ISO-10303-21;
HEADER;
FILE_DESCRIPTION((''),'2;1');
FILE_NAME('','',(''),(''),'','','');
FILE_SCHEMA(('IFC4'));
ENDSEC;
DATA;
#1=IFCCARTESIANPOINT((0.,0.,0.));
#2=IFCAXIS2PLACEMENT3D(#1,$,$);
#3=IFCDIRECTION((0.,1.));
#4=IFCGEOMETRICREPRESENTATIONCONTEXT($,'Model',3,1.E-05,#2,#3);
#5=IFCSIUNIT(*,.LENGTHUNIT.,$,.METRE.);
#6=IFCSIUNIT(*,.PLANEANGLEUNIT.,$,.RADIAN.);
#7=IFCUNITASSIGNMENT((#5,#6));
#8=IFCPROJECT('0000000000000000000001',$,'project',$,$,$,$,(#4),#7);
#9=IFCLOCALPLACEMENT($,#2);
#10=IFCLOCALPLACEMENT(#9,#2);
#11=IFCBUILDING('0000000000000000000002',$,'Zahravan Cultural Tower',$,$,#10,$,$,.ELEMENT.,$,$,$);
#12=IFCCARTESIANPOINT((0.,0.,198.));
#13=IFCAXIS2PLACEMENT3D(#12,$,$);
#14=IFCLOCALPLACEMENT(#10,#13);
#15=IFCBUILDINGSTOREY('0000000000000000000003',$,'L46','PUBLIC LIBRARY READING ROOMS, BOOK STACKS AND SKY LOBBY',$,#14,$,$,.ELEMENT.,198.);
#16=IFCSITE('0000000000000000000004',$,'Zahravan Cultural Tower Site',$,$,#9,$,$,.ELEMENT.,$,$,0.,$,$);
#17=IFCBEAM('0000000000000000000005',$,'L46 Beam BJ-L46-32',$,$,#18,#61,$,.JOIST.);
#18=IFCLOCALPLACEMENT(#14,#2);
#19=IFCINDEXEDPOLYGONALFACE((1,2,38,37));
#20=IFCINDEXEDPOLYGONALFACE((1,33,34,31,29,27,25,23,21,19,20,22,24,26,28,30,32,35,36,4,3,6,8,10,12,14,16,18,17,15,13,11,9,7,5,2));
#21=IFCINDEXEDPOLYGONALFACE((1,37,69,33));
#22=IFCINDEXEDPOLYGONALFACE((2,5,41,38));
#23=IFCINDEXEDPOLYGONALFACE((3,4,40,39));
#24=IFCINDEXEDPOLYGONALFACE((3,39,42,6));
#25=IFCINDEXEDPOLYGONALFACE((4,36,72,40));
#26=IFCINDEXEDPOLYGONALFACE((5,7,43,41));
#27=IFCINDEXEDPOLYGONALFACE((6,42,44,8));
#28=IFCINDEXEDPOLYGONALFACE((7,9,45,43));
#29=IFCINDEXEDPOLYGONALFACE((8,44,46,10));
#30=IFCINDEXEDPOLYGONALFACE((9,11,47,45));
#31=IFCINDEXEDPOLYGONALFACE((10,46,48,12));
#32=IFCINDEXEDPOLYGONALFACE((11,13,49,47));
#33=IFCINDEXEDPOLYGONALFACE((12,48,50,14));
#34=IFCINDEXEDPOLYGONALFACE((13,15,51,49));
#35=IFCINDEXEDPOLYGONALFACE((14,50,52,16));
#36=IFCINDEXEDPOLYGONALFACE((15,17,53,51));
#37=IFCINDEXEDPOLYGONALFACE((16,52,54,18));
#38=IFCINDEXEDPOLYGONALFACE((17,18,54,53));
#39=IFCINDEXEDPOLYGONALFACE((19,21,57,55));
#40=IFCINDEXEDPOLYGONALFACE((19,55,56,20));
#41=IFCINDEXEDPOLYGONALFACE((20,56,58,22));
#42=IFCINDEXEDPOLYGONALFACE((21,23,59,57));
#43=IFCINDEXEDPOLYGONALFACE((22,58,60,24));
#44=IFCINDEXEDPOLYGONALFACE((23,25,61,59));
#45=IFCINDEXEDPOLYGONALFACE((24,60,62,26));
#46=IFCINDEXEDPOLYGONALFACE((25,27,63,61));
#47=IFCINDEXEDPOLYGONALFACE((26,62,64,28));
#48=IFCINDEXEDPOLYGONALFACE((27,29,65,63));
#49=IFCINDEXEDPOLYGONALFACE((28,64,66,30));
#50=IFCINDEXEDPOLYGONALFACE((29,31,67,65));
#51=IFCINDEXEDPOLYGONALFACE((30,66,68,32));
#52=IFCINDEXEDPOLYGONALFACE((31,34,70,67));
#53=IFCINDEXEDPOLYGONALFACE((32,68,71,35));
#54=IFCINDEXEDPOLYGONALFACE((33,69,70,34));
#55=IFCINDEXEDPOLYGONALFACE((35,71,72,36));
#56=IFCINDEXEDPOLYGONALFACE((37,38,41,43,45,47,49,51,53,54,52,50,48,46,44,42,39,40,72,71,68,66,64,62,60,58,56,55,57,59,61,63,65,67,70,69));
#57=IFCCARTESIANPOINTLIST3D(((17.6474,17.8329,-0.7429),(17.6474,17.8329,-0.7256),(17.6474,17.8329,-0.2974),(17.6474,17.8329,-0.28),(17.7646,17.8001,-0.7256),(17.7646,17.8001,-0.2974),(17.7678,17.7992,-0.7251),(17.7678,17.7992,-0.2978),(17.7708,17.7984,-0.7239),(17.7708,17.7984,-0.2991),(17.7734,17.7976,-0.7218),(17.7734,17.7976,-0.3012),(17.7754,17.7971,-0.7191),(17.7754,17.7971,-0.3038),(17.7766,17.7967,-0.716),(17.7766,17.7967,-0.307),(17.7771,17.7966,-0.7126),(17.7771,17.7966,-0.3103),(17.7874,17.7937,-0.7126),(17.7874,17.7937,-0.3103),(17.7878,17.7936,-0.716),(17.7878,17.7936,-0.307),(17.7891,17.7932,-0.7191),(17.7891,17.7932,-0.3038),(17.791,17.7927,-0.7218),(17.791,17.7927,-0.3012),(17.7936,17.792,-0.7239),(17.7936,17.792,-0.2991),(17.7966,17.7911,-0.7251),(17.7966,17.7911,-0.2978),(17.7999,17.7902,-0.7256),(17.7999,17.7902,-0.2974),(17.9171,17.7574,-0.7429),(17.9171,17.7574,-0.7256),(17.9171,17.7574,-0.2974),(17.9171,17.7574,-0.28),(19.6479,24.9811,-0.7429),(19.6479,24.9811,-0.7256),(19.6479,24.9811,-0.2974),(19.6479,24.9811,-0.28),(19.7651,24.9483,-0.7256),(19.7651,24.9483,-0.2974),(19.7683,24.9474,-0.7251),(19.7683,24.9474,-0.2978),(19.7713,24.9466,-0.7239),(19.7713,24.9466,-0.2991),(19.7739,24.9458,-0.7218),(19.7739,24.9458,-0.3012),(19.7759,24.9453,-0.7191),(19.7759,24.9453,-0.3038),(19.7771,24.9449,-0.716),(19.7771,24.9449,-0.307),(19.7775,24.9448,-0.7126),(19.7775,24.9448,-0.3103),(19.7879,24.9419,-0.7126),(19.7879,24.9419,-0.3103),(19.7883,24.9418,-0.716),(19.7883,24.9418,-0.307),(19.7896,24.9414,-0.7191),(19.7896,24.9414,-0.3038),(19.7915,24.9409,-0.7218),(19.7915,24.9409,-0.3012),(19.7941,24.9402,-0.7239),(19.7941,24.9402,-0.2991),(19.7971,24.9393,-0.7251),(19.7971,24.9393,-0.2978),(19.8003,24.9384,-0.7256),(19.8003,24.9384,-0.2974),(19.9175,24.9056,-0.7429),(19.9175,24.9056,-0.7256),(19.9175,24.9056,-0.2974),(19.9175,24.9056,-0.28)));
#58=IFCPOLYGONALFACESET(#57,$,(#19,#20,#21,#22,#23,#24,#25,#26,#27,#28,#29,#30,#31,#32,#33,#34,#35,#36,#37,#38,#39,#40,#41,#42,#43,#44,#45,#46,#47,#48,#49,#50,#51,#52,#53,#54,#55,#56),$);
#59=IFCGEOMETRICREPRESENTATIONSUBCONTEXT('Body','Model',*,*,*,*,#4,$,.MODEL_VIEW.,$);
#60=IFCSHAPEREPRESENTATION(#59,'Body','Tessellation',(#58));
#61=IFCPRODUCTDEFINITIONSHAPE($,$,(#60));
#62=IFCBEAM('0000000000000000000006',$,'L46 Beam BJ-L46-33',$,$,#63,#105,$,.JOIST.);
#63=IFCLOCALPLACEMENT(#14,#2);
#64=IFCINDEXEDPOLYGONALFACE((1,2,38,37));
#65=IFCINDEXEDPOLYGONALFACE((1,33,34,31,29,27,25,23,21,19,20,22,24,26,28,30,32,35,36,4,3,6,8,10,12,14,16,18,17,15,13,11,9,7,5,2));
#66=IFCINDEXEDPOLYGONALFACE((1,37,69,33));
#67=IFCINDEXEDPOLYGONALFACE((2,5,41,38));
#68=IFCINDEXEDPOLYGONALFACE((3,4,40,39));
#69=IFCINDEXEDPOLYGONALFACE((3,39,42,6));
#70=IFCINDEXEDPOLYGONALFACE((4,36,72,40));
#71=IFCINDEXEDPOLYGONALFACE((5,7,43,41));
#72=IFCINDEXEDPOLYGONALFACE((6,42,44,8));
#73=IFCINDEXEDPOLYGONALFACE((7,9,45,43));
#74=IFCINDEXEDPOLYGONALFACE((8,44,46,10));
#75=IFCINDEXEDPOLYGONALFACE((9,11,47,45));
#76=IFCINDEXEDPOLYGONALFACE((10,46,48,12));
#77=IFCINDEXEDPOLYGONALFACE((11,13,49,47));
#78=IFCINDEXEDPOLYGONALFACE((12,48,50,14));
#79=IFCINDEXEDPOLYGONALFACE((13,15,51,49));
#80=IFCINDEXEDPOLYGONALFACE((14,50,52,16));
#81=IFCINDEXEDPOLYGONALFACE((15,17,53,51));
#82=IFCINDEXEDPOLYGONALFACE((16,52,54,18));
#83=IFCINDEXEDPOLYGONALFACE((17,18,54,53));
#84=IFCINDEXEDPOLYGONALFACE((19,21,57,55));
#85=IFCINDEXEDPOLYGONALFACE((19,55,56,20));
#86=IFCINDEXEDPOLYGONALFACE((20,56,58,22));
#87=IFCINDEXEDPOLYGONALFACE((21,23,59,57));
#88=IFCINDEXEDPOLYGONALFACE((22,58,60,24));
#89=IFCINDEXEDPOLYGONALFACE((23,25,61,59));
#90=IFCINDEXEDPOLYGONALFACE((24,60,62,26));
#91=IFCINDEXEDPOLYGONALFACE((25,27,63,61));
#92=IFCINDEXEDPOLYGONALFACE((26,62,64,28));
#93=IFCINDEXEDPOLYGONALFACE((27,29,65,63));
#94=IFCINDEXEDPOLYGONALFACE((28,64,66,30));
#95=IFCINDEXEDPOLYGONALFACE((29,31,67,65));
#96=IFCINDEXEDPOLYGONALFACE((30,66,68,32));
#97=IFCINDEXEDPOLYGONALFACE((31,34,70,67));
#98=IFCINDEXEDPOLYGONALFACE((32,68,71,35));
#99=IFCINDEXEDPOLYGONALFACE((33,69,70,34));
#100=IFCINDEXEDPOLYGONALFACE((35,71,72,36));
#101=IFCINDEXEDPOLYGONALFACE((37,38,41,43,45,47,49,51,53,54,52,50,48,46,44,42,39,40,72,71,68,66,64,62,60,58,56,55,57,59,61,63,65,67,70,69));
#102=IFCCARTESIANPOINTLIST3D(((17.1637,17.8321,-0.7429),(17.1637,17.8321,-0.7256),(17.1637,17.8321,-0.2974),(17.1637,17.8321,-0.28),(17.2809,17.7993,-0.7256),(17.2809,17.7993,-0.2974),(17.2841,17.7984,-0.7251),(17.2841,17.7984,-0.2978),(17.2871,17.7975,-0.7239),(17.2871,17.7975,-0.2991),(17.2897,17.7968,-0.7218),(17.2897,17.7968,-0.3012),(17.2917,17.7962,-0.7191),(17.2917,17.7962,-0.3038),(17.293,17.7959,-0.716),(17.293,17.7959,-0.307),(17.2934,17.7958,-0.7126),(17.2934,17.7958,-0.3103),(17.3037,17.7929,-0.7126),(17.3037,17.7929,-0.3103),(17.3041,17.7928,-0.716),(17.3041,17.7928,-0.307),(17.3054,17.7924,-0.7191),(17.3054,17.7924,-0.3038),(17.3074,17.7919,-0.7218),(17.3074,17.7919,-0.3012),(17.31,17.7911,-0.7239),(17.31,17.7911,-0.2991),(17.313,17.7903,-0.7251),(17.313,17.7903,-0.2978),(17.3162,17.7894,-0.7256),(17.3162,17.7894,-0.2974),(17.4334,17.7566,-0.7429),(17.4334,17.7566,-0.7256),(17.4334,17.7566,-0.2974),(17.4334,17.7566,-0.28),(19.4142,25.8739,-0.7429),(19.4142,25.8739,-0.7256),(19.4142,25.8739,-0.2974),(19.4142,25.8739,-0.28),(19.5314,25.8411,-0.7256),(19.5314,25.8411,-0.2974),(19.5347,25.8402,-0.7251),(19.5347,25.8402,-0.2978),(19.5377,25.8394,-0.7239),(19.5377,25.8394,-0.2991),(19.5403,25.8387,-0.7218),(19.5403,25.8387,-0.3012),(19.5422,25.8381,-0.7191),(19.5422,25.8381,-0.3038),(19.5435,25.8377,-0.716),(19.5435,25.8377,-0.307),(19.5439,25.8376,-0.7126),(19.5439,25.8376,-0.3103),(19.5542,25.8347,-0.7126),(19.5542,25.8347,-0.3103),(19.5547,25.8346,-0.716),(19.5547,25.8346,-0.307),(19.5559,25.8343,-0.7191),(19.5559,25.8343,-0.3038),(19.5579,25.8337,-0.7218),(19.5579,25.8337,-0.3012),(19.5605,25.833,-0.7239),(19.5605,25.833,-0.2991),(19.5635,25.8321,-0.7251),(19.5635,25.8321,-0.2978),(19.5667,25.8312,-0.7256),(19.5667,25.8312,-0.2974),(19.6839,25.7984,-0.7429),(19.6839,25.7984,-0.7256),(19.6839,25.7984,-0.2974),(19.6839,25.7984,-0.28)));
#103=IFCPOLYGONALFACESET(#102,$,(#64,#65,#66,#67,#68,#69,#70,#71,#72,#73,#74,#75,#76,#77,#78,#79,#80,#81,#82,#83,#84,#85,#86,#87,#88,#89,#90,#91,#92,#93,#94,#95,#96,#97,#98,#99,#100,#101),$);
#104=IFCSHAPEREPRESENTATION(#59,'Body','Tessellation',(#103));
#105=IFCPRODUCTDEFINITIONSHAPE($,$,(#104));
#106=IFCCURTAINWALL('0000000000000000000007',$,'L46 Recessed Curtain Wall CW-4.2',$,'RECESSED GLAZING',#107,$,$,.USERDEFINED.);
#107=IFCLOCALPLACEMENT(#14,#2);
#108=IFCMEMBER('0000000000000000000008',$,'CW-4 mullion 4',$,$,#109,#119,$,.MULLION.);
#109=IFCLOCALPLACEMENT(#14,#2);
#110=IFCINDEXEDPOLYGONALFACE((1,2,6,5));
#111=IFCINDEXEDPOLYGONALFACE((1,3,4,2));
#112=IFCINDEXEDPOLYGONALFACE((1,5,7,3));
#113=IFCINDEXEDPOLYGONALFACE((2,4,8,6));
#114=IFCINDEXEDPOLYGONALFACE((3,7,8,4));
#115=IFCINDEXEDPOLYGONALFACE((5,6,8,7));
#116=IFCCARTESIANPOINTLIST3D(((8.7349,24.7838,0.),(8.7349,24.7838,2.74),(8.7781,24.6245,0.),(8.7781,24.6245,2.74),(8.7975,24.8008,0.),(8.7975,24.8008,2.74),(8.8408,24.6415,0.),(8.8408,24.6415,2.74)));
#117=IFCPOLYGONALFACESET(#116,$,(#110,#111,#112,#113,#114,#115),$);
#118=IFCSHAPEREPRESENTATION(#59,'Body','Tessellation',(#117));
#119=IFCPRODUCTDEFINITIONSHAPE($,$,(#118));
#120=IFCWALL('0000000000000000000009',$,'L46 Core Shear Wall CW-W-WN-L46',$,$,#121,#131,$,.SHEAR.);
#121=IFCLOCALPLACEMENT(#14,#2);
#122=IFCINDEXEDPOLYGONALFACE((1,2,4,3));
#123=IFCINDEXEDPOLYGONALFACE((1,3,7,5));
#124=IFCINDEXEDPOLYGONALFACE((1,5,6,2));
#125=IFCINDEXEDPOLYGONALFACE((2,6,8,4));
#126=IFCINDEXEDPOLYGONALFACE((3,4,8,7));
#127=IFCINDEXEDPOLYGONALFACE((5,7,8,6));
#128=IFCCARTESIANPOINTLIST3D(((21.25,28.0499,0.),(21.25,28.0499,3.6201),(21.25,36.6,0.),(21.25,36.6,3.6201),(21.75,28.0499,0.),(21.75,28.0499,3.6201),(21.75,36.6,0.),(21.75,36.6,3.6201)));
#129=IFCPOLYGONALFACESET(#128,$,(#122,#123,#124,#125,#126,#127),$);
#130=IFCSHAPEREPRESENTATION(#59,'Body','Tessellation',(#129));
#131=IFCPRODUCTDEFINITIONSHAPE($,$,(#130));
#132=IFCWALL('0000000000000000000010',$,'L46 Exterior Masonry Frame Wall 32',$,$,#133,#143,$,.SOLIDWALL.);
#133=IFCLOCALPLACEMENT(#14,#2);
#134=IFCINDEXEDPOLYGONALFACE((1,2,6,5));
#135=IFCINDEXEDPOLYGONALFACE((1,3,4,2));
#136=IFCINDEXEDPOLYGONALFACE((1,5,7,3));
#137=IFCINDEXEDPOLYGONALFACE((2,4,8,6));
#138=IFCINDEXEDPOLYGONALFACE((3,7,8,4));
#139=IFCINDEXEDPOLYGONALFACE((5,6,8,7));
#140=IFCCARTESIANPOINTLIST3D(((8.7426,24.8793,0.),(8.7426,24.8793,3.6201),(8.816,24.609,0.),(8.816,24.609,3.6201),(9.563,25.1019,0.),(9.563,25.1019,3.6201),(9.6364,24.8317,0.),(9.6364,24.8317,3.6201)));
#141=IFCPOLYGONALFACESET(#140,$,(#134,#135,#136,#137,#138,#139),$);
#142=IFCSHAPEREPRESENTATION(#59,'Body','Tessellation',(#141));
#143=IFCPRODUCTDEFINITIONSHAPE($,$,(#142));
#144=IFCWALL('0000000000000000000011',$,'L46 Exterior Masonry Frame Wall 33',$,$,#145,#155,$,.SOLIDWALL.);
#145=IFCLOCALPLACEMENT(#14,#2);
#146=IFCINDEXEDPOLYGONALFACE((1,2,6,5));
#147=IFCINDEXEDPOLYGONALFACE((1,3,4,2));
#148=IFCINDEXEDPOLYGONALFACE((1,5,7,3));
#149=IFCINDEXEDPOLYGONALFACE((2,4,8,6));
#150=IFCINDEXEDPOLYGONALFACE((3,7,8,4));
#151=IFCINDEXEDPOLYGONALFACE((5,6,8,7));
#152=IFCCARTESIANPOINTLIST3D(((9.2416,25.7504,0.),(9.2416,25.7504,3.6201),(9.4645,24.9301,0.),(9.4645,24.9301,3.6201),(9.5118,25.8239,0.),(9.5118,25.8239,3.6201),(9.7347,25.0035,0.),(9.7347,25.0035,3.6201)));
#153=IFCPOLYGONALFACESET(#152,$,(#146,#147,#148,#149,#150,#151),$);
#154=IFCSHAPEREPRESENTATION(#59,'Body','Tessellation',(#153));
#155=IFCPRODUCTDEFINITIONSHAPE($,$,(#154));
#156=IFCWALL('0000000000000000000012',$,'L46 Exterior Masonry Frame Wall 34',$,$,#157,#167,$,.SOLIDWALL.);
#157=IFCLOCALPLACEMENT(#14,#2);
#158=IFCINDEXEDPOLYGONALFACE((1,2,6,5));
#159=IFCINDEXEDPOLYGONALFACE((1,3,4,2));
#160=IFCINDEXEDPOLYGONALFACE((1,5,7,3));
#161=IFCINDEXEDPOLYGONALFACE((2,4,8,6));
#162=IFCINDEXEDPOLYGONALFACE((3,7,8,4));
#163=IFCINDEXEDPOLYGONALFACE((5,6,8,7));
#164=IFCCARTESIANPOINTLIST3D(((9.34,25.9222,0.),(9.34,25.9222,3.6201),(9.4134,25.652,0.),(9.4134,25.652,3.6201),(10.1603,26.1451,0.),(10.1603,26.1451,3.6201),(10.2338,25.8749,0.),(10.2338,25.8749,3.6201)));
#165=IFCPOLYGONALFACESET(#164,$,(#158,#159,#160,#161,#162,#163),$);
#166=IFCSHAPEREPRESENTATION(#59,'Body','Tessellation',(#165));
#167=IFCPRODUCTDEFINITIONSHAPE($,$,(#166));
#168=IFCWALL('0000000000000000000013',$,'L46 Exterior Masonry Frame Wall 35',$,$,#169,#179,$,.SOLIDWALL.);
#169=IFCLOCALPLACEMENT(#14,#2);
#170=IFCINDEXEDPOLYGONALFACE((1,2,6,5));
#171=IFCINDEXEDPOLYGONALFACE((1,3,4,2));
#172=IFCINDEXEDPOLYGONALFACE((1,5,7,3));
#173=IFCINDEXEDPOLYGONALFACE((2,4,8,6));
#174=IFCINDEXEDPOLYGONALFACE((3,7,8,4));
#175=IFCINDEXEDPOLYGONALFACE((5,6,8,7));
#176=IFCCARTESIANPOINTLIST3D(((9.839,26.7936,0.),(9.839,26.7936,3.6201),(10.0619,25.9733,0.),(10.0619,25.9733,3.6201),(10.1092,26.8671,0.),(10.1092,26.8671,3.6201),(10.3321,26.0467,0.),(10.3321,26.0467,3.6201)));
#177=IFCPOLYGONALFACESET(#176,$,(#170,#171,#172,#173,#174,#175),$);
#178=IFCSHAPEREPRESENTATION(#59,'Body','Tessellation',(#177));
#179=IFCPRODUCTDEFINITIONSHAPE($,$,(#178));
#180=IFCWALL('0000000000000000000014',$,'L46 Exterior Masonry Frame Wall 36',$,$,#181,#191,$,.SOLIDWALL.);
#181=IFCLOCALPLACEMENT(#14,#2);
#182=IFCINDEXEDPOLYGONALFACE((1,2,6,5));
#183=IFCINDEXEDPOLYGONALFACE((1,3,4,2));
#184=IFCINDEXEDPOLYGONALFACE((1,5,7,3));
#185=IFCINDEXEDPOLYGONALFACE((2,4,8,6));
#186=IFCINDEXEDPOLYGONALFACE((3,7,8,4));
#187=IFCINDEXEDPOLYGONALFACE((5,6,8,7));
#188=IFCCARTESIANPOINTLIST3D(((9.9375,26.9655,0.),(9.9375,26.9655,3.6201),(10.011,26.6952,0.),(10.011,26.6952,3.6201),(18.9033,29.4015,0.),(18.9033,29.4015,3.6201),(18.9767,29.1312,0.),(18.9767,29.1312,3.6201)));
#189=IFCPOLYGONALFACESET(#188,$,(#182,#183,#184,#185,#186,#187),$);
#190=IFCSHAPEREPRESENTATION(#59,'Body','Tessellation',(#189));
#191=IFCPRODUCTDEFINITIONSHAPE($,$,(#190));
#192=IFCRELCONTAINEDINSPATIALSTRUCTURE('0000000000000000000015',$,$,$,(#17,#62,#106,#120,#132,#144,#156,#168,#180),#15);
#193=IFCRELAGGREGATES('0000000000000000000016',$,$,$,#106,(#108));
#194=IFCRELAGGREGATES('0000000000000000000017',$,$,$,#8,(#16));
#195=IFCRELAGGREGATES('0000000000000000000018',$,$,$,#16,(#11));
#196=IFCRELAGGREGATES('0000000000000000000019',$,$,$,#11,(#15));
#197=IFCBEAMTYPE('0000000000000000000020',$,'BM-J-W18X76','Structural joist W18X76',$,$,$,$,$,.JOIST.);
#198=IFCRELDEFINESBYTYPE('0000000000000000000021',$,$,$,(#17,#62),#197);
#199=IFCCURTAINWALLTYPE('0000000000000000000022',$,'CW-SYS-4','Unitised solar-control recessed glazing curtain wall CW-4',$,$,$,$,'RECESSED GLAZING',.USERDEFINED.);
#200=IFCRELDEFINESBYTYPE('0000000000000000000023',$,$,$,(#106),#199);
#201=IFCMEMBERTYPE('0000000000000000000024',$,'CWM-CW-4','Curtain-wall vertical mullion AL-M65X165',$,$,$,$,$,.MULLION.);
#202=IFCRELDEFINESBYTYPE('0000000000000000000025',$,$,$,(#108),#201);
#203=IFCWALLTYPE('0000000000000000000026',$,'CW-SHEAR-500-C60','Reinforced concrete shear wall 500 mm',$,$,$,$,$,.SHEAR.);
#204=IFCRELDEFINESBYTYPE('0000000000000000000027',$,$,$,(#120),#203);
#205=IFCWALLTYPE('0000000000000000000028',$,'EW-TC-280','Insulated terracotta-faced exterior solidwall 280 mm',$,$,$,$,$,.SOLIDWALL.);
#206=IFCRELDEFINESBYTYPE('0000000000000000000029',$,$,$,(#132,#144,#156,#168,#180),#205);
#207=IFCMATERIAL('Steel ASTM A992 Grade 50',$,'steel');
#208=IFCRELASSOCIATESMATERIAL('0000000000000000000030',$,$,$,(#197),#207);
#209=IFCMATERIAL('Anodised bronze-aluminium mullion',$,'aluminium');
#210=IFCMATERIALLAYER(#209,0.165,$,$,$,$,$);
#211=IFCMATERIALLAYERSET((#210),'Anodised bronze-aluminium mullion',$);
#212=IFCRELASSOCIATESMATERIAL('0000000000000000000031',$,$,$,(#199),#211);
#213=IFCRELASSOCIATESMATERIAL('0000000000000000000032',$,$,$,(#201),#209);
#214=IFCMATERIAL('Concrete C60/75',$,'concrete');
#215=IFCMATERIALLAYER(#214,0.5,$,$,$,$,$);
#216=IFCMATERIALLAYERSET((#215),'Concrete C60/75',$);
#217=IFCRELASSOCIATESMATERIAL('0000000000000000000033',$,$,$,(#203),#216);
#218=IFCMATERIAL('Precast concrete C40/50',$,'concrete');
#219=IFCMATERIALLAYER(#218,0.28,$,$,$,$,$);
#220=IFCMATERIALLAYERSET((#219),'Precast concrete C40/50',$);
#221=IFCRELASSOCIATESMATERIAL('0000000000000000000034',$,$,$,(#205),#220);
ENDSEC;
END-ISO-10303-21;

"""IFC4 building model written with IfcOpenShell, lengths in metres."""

from ifc_helpers import new_model, si_unit, direction, frame, frame_2d, origin, origin_2d, place, context, subcontext, project, spatial, rectangle, i_section, extrude, source, transform, mapped, material, layer, layer_set, material_profile, profile_set, type_object, element, aggregate, save


model = new_model("IFC4")

# Units and contexts
model_context = context("Model", 3, precision=1e-05, world=origin(), true_north=direction((0.0, 1.0)))
body_context = subcontext(model_context, "Body", "Model", "MODEL_VIEW")
ifc_project = project(units=[si_unit("LENGTHUNIT", "METRE"), si_unit("PLANEANGLEUNIT", "RADIAN")], contexts=[model_context])

# Site, building, storey
site_placement = place(None, origin())
site = spatial("IfcSite", under=ifc_project, at=site_placement, Name="Zahravan Cultural Tower Site", CompositionType="ELEMENT", RefElevation=0.0)
building_placement = place(site_placement, origin())
building = spatial("IfcBuilding", under=site, at=building_placement, Name="Zahravan Cultural Tower", CompositionType="ELEMENT")
storey_placement = place(building_placement, frame((0.0, 0.0, 198.0)))
storey = spatial("IfcBuildingStorey", under=building, at=storey_placement, Name="L46", Description="PUBLIC LIBRARY READING ROOMS, BOOK STACKS AND SKY LOBBY", CompositionType="ELEMENT", Elevation=198.0)

# Shared definitions
ifc_material_1 = material(Name="Steel ASTM A992 Grade 50", Category="steel")

# Beams
ifc_material_profile_1 = material_profile(ifc_material_1, i_section(OverallWidth=0.28, OverallDepth=0.4629, WebThickness=0.0107, FlangeThickness=0.0173, FilletRadius=0.0129, at=origin_2d()), Name="W18X76")
ifc_profile_set_1 = profile_set([ifc_material_profile_1], Name="Steel ASTM A992 Grade 50")
beam_type_1 = type_object("IfcBeamType", Name="BM-J-W18X76", Description="Structural joist W18X76", PredefinedType="JOIST", material=ifc_profile_set_1)
shared_shape_1 = source(origin(), body_context, "Body", "SweptSolid", [
    extrude(i_section(OverallWidth=0.28, OverallDepth=0.4629, WebThickness=0.0107, FlangeThickness=0.0173, FilletRadius=0.0129, at=origin_2d()), origin(), (0.0, 0.0, 1.0), 7.4229),
])
beam_1_placement = place(storey_placement, frame((19.7827, 24.9434, -0.5115), z_axis=(-0.269504, -0.962999, 0.0), x_axis=(0.962999, -0.269504, 0.0)))
element("IfcBeam", 1, at=beam_1_placement, inside=storey, type_object=beam_type_1, Name="L46 Beam BJ-L46-32", PredefinedType="JOIST", context=body_context, shape_type="MappedRepresentation", body=[
    mapped(shared_shape_1, transform((0.0, 0.0, 0.0), x_axis=(1.0, 0.0, 0.0), y_axis=(0.0, 1.0, 0.0), z_axis=(0.0, 0.0, 1.0), scale=1.0)),
])
shared_shape_2 = source(origin(), body_context, "Body", "SweptSolid", [
    extrude(i_section(OverallWidth=0.28, OverallDepth=0.4629, WebThickness=0.0107, FlangeThickness=0.0173, FilletRadius=0.0129, at=origin_2d()), origin(), (0.0, 0.0, 1.0), 8.3508),
])
beam_2_placement = place(storey_placement, frame((19.5491, 25.8362, -0.5115), z_axis=(-0.269497, -0.963001, 0.0), x_axis=(0.963001, -0.269497, 0.0)))
element("IfcBeam", 2, at=beam_2_placement, inside=storey, type_object=beam_type_1, Name="L46 Beam BJ-L46-33", PredefinedType="JOIST", context=body_context, shape_type="MappedRepresentation", body=[
    mapped(shared_shape_2, transform((0.0, 0.0, 0.0), x_axis=(1.0, 0.0, 0.0), y_axis=(0.0, 1.0, 0.0), z_axis=(0.0, 0.0, 1.0), scale=1.0)),
])

# Curtain wall, member
ifc_material_2 = material(Name="Anodised bronze-aluminium mullion", Category="aluminium")
ifc_layer_1 = layer(ifc_material_2, 0.165)
ifc_layer_set_1 = layer_set([ifc_layer_1], Name="Anodised bronze-aluminium mullion")
curtain_wall_type = type_object("IfcCurtainWallType", Name="CW-SYS-4", Description="Unitised solar-control recessed glazing curtain wall CW-4", ElementType="RECESSED GLAZING", PredefinedType="USERDEFINED", material=ifc_layer_set_1)
curtain_wall_placement = place(storey_placement, origin())
curtain_wall = element("IfcCurtainWall", 3, at=curtain_wall_placement, inside=storey, type_object=curtain_wall_type, Name="L46 Recessed Curtain Wall CW-4.2", ObjectType="RECESSED GLAZING", PredefinedType="USERDEFINED")
ifc_material_profile_2 = material_profile(ifc_material_2, rectangle(XDim=0.0649, YDim=0.165, at=origin_2d()), Name="AL-M65X165")
ifc_profile_set_2 = profile_set([ifc_material_profile_2], Name="Anodised bronze-aluminium mullion")
member_type = type_object("IfcMemberType", Name="CWM-CW-4", Description="Curtain-wall vertical mullion AL-M65X165", PredefinedType="MULLION", material=ifc_profile_set_2)
shared_shape_3 = source(origin(), body_context, "Body", "SweptSolid", [
    extrude(rectangle(XDim=0.0649, YDim=0.165, at=origin_2d()), origin(), (0.0, 0.0, 1.0), 2.74),
])
member_placement = place(storey_placement, frame((8.7878, 24.7126, 0.0), z_axis=(0.0, 0.0, 1.0), x_axis=(-0.965017, -0.262187, 0.0)))
member = element("IfcMember", 4, at=member_placement, type_object=member_type, Name="CW-4 mullion 4", PredefinedType="MULLION", context=body_context, shape_type="MappedRepresentation", body=[
    mapped(shared_shape_3, transform((0.0, 0.0, 0.0), x_axis=(1.0, 0.0, 0.0), y_axis=(0.0, 1.0, 0.0), z_axis=(0.0, 0.0, 1.0), scale=1.0)),
])
aggregate(curtain_wall, [member])

# Walls
ifc_material_3 = material(Name="Concrete C60/75", Category="concrete")
ifc_layer_2 = layer(ifc_material_3, 0.5)
ifc_layer_set_2 = layer_set([ifc_layer_2], Name="Concrete C60/75")
wall_type_1 = type_object("IfcWallType", Name="CW-SHEAR-500-C60", Description="Reinforced concrete shear wall 500 mm", PredefinedType="SHEAR", material=ifc_layer_set_2)
shared_shape_4 = source(origin(), body_context, "Body", "SweptSolid", [
    extrude(rectangle(XDim=8.55, YDim=0.5, at=frame_2d((4.2749, 0.0))), origin(), (0.0, 0.0, 1.0), 3.6201),
])
wall_1_placement = place(storey_placement, frame((21.5, 28.05, 0.0), z_axis=(0.0, 0.0, 1.0), x_axis=(0.0, 1.0, 0.0)))
element("IfcWall", 5, at=wall_1_placement, inside=storey, type_object=wall_type_1, Name="L46 Core Shear Wall CW-W-WN-L46", PredefinedType="SHEAR", context=body_context, shape_type="MappedRepresentation", body=[
    mapped(shared_shape_4, transform((0.0, 0.0, 0.0), x_axis=(1.0, 0.0, 0.0), y_axis=(0.0, 1.0, 0.0), z_axis=(0.0, 0.0, 1.0), scale=1.0)),
])
ifc_material_4 = material(Name="Precast concrete C40/50", Category="concrete")
ifc_layer_3 = layer(ifc_material_4, 0.28)
ifc_layer_set_3 = layer_set([ifc_layer_3], Name="Precast concrete C40/50")
wall_type_2 = type_object("IfcWallType", Name="EW-TC-280", Description="Insulated terracotta-faced exterior solidwall 280 mm", PredefinedType="SOLIDWALL", material=ifc_layer_set_3)
shared_shape_5 = source(origin(), body_context, "Body", "SweptSolid", [
    extrude(rectangle(XDim=0.8501, YDim=0.28, at=frame_2d((0.425, 0.0))), origin(), (0.0, 0.0, 1.0), 3.6201),
])
for number, where, z_axis, x_axis, name in (
    (6, (8.7793, 24.7441, 0.0), (0.0, 0.0, 1.0), (0.965081, 0.261951, 0.0), "L46 Exterior Masonry Frame Wall 32"),
    (7, (9.5996, 24.9668, 0.0), (0.0, 0.0, 1.0), (-0.262218, 0.965009, 0.0), "L46 Exterior Masonry Frame Wall 33"),
    (8, (9.3767, 25.7871, 0.0), (0.0, 0.0, 1.0), (0.965009, 0.262218, 0.0), "L46 Exterior Masonry Frame Wall 34"),
    (9, (10.197, 26.01, 0.0), (0.0, 0.0, 1.0), (-0.262218, 0.965009, 0.0), "L46 Exterior Masonry Frame Wall 35"),
):
    element("IfcWall", number, at=place(storey_placement, frame(where, z_axis=z_axis, x_axis=x_axis)), inside=storey, type_object=wall_type_2, Name=name, PredefinedType="SOLIDWALL", context=body_context, shape_type="MappedRepresentation", body=[
        mapped(shared_shape_5, transform((0.0, 0.0, 0.0), x_axis=(1.0, 0.0, 0.0), y_axis=(0.0, 1.0, 0.0), z_axis=(0.0, 0.0, 1.0), scale=1.0)),
    ])
shared_shape_6 = source(origin(), body_context, "Body", "SweptSolid", [
    extrude(rectangle(XDim=9.2908, YDim=0.28, at=frame_2d((4.6455, 0.0))), origin(), (0.0, 0.0, 1.0), 3.6201),
])
wall_2_placement = place(storey_placement, frame((9.9741, 26.8303, 0.0), z_axis=(0.0, 0.0, 1.0), x_axis=(0.965014, 0.262197, 0.0)))
element("IfcWall", 10, at=wall_2_placement, inside=storey, type_object=wall_type_2, Name="L46 Exterior Masonry Frame Wall 36", PredefinedType="SOLIDWALL", context=body_context, shape_type="MappedRepresentation", body=[
    mapped(shared_shape_6, transform((0.0, 0.0, 0.0), x_axis=(1.0, 0.0, 0.0), y_axis=(0.0, 1.0, 0.0), z_axis=(0.0, 0.0, 1.0), scale=1.0)),
])

save(model, "model.ifc")
